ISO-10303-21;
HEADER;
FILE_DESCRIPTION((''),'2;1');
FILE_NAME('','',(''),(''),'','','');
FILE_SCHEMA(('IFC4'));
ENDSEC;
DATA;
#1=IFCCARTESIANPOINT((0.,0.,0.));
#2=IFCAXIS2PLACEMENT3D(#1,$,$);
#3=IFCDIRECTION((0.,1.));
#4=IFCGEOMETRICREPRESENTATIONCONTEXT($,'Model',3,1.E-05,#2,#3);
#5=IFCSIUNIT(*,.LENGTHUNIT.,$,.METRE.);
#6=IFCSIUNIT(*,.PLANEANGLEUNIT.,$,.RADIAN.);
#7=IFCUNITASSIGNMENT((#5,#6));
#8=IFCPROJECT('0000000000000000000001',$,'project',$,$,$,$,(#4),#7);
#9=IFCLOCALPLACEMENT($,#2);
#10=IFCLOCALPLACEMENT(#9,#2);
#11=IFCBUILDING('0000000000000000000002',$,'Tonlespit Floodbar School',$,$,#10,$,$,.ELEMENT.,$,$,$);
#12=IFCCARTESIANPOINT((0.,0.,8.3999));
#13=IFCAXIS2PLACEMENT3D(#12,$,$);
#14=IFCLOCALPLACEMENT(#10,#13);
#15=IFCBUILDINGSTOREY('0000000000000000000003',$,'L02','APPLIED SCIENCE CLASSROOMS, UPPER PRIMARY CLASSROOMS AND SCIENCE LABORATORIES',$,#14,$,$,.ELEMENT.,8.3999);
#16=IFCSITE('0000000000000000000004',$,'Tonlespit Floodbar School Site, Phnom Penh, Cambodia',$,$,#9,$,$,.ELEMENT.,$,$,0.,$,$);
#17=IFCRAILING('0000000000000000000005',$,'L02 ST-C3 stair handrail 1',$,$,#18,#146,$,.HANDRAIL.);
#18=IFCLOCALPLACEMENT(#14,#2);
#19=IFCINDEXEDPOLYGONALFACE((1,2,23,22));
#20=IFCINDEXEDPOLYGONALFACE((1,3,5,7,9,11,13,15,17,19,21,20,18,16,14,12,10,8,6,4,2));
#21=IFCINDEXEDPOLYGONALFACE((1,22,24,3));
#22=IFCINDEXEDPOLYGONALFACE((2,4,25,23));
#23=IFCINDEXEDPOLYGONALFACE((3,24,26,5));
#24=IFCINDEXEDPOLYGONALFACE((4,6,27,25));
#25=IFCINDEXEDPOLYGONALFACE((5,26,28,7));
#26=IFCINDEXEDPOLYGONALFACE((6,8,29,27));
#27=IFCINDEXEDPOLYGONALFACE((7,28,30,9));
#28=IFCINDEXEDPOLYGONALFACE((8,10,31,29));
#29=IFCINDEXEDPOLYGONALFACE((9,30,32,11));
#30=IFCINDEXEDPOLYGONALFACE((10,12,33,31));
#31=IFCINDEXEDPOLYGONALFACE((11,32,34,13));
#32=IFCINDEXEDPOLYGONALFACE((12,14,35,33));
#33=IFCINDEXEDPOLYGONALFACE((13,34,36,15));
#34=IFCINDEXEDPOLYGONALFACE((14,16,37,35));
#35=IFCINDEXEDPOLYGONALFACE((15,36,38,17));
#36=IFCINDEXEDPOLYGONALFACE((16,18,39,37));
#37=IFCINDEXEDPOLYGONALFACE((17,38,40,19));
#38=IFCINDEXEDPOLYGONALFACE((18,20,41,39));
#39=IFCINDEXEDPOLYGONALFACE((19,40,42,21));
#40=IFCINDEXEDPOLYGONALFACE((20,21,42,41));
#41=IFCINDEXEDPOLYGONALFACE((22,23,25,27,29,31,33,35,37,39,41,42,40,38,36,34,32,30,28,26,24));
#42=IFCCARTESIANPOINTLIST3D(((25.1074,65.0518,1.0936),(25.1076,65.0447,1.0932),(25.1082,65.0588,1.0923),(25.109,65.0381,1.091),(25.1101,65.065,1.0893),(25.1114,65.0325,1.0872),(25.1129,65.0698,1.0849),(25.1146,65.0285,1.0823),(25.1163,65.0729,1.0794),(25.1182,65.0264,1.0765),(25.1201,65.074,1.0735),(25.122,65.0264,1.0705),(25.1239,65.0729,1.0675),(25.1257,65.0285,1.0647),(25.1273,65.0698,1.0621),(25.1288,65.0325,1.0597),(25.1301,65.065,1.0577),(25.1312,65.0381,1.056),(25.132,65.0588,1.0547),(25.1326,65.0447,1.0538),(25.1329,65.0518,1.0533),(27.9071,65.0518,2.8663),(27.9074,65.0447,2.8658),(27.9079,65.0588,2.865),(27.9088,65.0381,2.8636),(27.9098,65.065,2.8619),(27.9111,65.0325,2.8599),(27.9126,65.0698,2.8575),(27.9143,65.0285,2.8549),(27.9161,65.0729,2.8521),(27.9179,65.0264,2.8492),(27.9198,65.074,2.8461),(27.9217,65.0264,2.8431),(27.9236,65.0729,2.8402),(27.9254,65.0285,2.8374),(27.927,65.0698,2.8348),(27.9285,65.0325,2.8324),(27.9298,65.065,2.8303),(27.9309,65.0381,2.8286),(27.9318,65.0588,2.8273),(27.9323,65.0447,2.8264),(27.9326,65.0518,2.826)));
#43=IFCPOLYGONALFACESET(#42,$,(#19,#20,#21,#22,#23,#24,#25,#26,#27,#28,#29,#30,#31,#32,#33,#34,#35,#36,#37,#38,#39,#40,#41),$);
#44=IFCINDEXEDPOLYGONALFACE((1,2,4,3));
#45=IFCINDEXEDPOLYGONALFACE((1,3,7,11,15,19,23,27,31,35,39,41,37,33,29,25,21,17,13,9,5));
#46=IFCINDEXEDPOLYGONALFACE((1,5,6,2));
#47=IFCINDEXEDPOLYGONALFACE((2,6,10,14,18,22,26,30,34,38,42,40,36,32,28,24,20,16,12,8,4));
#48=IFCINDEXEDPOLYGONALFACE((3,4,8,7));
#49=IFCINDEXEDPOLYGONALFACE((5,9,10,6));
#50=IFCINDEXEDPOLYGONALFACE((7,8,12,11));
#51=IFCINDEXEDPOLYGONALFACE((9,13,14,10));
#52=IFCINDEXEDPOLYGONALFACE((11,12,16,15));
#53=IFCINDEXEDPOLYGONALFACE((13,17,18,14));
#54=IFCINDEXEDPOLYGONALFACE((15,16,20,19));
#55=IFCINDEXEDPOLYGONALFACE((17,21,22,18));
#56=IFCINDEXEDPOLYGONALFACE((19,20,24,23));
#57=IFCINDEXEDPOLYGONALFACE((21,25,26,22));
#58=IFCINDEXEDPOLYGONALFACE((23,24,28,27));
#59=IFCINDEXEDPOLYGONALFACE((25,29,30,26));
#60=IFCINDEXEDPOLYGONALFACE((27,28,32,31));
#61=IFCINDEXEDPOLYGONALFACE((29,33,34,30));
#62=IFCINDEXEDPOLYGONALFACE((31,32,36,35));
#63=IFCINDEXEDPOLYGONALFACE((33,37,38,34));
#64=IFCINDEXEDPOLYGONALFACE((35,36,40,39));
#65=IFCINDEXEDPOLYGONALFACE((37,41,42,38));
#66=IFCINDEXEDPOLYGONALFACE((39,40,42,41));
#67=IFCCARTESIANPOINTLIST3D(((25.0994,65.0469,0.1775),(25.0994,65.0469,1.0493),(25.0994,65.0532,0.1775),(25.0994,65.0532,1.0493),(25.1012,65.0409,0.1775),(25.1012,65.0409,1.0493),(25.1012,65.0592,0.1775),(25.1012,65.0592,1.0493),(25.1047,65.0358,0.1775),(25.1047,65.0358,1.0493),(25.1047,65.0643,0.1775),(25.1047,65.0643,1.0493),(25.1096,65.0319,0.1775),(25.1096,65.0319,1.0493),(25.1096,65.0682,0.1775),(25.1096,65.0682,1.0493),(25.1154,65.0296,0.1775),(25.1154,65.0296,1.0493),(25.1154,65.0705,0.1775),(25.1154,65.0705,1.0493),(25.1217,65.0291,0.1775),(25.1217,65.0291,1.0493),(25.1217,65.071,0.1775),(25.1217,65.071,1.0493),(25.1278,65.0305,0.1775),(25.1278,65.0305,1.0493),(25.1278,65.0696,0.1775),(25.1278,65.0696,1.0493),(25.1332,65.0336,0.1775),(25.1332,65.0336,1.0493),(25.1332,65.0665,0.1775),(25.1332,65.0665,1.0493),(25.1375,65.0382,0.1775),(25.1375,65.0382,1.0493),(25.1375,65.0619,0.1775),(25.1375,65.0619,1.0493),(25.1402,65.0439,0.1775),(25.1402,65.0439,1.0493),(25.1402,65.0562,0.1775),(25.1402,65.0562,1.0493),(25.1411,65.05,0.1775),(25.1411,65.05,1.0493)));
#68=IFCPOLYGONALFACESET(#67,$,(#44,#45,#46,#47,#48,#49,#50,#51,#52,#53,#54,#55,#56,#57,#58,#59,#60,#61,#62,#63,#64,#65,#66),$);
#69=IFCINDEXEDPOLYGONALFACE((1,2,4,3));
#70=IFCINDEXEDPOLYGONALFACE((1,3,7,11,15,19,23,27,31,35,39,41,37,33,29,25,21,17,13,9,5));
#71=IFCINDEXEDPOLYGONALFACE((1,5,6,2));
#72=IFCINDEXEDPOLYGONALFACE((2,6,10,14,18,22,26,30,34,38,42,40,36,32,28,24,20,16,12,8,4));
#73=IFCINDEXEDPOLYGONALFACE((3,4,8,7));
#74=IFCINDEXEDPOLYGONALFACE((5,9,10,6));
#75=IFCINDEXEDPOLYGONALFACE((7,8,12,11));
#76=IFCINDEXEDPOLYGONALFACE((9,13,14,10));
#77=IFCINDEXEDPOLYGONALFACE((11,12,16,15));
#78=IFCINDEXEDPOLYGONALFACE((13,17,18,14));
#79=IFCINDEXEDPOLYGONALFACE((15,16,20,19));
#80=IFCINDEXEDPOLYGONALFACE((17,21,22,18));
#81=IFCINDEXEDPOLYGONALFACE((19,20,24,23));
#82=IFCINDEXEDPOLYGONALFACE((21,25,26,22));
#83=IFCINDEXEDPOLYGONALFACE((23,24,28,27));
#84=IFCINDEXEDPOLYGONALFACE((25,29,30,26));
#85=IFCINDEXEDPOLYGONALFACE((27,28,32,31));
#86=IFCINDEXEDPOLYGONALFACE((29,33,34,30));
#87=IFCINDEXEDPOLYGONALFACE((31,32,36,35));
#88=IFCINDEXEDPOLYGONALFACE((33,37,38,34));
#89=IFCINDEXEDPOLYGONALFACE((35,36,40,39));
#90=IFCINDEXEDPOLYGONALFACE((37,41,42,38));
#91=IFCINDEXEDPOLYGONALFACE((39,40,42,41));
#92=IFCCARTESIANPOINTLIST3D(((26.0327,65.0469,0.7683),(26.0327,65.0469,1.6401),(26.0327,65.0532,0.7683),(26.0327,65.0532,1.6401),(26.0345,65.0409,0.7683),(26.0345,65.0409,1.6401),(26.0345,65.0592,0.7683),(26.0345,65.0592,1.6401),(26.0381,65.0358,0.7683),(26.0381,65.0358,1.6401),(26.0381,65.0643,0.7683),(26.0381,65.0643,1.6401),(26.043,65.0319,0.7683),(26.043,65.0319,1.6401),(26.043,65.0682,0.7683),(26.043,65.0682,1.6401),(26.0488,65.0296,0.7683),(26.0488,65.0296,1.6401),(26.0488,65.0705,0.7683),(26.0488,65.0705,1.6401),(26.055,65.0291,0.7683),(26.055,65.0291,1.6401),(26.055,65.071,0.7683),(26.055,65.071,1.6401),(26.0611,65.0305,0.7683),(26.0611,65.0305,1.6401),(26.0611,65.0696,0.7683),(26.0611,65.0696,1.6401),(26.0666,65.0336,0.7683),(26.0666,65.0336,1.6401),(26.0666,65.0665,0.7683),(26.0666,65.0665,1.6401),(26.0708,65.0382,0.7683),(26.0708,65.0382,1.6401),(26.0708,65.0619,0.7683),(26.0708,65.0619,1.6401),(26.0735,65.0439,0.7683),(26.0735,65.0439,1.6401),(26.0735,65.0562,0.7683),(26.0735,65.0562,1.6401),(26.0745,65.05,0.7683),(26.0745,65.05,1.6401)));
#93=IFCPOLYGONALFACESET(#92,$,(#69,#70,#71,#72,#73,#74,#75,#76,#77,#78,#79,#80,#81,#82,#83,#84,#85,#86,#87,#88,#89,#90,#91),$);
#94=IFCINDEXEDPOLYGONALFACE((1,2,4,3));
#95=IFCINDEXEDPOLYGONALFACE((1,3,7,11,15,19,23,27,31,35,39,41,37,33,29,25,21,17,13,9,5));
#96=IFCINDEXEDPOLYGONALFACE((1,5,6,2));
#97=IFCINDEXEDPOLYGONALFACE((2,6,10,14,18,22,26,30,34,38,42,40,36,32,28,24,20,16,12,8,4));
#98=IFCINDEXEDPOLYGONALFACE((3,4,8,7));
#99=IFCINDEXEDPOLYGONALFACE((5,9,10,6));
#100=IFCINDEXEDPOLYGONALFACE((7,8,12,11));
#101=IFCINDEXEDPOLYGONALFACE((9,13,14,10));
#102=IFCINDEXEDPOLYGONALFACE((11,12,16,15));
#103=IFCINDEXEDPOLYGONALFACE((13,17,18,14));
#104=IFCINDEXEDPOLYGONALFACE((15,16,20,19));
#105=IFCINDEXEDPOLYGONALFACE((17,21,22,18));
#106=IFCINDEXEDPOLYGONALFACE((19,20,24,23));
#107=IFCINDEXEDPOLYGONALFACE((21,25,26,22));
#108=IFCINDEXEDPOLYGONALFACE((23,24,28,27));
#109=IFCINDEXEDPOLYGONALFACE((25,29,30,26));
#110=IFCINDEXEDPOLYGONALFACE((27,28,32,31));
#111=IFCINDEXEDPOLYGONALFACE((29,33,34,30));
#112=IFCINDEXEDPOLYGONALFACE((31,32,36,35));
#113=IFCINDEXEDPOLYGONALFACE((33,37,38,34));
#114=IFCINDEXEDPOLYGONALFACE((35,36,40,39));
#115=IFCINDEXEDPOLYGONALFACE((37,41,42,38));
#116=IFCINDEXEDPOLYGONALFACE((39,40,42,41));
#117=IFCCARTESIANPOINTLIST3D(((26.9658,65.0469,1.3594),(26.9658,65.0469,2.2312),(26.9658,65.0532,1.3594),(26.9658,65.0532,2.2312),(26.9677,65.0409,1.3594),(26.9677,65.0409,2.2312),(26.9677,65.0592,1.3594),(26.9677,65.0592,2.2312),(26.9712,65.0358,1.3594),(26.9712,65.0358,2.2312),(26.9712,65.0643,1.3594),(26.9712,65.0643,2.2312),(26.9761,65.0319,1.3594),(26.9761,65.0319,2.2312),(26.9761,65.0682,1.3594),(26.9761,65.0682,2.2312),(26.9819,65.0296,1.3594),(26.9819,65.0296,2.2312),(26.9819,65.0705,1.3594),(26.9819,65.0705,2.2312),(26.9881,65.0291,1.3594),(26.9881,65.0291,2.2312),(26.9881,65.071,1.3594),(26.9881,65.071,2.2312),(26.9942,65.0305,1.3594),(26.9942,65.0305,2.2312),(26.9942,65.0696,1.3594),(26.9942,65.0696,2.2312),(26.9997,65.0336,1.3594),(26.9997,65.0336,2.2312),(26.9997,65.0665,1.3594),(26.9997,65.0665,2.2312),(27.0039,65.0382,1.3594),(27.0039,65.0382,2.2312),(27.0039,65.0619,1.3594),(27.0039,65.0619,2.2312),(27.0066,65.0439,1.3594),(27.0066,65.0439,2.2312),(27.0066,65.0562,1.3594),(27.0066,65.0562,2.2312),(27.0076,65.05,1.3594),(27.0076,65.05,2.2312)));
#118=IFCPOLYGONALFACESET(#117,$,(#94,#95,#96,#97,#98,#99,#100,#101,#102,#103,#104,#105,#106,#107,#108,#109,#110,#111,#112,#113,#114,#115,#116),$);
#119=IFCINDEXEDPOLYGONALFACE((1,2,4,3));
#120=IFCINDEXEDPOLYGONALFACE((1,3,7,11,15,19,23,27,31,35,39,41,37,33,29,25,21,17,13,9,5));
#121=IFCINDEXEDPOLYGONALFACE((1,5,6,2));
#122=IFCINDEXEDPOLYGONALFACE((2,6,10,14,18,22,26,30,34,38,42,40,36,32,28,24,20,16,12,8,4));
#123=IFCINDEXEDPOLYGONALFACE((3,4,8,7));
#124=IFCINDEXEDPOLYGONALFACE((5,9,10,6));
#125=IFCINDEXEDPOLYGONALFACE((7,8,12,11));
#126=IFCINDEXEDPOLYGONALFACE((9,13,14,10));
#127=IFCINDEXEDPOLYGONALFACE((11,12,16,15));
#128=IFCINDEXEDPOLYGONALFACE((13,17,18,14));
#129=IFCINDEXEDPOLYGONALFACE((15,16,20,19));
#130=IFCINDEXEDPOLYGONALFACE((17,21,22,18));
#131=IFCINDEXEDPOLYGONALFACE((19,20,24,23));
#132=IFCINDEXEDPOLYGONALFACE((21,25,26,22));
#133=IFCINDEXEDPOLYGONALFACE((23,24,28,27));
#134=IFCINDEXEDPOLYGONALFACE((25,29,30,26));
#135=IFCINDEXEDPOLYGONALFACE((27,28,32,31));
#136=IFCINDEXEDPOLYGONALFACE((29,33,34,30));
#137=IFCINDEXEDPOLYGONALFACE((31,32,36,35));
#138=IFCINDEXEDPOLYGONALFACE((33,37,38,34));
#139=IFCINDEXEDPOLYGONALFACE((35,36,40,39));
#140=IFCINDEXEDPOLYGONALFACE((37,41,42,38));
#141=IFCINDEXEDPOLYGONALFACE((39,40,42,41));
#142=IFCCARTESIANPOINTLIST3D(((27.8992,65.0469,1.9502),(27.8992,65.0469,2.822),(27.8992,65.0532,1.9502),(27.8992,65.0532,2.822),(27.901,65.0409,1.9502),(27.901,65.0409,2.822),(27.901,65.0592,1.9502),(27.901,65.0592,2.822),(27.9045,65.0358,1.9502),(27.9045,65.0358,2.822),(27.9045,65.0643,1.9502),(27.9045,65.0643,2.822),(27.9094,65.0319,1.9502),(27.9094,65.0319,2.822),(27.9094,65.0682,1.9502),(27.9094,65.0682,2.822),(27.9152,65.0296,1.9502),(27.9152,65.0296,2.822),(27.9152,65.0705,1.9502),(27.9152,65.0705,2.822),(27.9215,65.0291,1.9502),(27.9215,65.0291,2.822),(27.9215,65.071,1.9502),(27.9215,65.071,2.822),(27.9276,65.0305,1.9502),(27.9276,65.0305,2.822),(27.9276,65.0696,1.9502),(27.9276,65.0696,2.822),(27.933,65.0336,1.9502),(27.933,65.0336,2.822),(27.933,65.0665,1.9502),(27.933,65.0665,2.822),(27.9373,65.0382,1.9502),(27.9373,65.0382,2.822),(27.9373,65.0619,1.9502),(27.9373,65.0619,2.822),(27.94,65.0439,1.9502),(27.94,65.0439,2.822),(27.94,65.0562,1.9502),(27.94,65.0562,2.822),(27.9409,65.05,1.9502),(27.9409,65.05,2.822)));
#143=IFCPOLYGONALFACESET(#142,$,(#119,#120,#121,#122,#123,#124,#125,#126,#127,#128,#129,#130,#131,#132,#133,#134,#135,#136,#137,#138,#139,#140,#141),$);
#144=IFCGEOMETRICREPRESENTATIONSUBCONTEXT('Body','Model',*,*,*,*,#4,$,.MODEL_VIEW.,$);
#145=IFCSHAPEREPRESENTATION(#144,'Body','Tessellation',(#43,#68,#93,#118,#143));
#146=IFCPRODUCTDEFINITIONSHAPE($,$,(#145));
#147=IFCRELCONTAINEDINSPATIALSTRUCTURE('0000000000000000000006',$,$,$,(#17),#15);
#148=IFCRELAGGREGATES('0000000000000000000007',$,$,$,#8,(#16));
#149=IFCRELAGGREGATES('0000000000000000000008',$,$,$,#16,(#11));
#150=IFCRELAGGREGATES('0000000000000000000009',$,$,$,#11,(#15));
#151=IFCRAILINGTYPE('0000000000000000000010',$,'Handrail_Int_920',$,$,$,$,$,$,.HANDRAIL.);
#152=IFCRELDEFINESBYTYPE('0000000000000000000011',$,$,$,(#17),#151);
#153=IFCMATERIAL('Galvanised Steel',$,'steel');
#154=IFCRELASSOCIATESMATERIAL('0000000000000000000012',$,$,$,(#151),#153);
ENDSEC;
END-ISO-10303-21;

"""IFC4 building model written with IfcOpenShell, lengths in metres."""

from ifc_helpers import new_model, si_unit, direction, frame, origin, origin_2d, place, context, subcontext, project, spatial, circle, extrude, material, type_object, element, save


model = new_model("IFC4")

# Units and contexts
model_context = context("Model", 3, precision=1e-05, world=origin(), true_north=direction((0.0, 1.0)))
body_context = subcontext(model_context, "Body", "Model", "MODEL_VIEW")
ifc_project = project(units=[si_unit("LENGTHUNIT", "METRE"), si_unit("PLANEANGLEUNIT", "RADIAN")], contexts=[model_context])

# Site, building, storey
site_placement = place(None, origin())
site = spatial("IfcSite", under=ifc_project, at=site_placement, Name="Tonlespit Floodbar School Site, Phnom Penh, Cambodia", CompositionType="ELEMENT", RefElevation=0.0)
building_placement = place(site_placement, origin())
building = spatial("IfcBuilding", under=site, at=building_placement, Name="Tonlespit Floodbar School", CompositionType="ELEMENT")
storey_placement = place(building_placement, frame((0.0, 0.0, 8.3999)))
storey = spatial("IfcBuildingStorey", under=building, at=storey_placement, Name="L02", Description="APPLIED SCIENCE CLASSROOMS, UPPER PRIMARY CLASSROOMS AND SCIENCE LABORATORIES", CompositionType="ELEMENT", Elevation=8.3999)

# Railing
ifc_material_1 = material(Name="Galvanised Steel", Category="steel")
railing_type_1 = type_object("IfcRailingType", Name="Handrail_Int_920", PredefinedType="HANDRAIL", material=ifc_material_1)
railing_1_placement = place(storey_placement, frame((25.1201, 65.05, 0.1775)))
element("IfcRailing", 1, at=railing_1_placement, inside=storey, type_object=railing_type_1, Name="L02 ST-C3 stair handrail 1", PredefinedType="HANDRAIL", context=body_context, shape_type="SweptSolid", body=[
    extrude(circle(Radius=0.0239, at=origin_2d()), frame((0.0, 0.0, 0.896), z_axis=(0.844888, 0.0, 0.534943), x_axis=(0.0, 1.0, 0.0)), (0.0, 0.0, 1.0), 3.3137),
    extrude(circle(Radius=0.021, at=origin_2d()), origin(), (0.0, 0.0, 1.0), 0.8718),
    extrude(circle(Radius=0.021, at=origin_2d()), frame((0.9333, 0.0, 0.5908)), (0.0, 0.0, 1.0), 0.8718),
    extrude(circle(Radius=0.021, at=origin_2d()), frame((1.8665, 0.0, 1.1819)), (0.0, 0.0, 1.0), 0.8718),
    extrude(circle(Radius=0.021, at=origin_2d()), frame((2.7998, 0.0, 1.7727)), (0.0, 0.0, 1.0), 0.8718),
])

save(model, "model.ifc")
